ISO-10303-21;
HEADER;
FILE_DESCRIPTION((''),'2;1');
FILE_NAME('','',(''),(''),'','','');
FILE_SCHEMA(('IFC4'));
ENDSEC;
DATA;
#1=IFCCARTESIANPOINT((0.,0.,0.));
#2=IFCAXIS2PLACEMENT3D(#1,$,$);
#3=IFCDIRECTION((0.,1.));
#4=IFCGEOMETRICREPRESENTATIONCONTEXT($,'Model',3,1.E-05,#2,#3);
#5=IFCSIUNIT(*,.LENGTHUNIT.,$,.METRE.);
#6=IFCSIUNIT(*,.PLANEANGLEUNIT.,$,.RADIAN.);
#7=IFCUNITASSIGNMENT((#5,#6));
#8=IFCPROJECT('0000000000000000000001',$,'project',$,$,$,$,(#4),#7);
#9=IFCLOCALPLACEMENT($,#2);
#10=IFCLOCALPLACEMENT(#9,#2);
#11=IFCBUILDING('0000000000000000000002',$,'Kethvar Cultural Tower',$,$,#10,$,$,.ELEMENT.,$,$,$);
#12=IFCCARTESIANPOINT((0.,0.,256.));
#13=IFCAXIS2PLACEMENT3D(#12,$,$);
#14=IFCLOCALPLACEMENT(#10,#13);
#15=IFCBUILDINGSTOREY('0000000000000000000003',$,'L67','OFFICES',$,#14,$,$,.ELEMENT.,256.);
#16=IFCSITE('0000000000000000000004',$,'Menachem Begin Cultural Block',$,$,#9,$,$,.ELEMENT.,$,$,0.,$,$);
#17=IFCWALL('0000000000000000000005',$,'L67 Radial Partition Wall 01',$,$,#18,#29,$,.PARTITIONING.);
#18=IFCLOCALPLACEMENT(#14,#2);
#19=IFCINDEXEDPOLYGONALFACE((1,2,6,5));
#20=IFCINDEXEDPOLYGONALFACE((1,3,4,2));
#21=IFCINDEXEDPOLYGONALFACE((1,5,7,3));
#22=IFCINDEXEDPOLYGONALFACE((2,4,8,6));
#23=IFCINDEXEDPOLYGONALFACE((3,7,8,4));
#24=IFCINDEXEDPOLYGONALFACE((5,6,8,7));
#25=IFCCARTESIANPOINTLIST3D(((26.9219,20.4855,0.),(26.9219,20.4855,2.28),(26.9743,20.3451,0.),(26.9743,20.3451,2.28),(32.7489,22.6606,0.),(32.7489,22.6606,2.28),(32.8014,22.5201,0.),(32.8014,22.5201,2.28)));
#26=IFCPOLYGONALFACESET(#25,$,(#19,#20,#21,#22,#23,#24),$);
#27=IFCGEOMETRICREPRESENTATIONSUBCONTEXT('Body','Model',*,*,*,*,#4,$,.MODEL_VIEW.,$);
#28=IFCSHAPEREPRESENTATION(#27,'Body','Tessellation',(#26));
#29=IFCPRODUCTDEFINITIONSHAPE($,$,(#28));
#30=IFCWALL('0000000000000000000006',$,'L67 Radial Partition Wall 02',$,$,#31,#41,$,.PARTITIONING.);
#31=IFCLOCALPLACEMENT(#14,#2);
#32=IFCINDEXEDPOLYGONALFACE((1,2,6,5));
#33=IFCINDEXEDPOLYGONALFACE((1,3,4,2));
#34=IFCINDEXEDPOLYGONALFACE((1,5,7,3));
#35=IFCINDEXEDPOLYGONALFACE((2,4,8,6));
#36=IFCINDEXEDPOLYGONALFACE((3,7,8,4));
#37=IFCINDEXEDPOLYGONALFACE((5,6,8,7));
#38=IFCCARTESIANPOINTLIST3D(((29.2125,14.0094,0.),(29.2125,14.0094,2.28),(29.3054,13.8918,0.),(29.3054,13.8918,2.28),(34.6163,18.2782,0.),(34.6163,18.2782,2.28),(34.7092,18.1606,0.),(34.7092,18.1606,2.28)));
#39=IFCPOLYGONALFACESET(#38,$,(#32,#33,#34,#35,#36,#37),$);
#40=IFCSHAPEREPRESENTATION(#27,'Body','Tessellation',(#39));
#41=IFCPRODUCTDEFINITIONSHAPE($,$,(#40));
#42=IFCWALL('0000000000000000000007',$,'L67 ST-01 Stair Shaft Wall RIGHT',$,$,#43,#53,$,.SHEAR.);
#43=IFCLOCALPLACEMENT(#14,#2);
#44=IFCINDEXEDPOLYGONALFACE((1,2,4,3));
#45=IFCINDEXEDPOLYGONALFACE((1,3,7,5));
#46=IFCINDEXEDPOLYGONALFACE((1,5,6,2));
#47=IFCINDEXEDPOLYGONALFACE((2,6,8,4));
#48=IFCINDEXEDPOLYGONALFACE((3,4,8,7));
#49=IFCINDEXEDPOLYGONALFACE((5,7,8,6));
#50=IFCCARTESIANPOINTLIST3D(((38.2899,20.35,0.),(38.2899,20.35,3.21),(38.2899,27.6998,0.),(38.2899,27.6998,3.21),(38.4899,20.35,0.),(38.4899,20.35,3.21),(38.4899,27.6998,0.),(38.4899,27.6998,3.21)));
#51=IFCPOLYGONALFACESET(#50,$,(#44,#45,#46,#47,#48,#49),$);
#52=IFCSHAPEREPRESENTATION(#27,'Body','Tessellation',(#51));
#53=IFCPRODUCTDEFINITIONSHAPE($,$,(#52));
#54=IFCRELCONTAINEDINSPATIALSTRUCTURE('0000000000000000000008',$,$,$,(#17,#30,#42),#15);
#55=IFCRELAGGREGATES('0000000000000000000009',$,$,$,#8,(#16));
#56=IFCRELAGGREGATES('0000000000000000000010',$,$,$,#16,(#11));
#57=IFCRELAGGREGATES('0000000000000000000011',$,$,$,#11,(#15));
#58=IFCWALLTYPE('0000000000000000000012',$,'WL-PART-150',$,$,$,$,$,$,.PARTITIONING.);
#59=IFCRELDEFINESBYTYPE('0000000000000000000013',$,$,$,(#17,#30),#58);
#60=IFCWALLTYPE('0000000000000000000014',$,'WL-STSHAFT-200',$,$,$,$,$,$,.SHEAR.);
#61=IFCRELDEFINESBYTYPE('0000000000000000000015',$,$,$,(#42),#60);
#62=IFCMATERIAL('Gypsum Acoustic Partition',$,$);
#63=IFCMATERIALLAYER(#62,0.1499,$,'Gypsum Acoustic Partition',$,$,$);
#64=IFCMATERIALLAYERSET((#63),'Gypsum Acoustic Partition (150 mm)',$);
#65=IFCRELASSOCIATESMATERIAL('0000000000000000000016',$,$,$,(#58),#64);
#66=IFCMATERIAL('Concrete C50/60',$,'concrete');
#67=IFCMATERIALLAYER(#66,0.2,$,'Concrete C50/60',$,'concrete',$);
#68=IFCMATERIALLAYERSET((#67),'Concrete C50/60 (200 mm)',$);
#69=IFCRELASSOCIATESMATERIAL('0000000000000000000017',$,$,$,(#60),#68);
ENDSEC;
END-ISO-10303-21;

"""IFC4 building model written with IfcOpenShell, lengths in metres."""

from ifc_helpers import new_model, si_unit, direction, frame, frame_2d, origin, place, context, subcontext, project, spatial, rectangle, extrude, material, layer, layer_set, type_object, element, save


model = new_model("IFC4")

# Units and contexts
model_context = context("Model", 3, precision=1e-05, world=origin(), true_north=direction((0.0, 1.0)))
body_context = subcontext(model_context, "Body", "Model", "MODEL_VIEW")
ifc_project = project(units=[si_unit("LENGTHUNIT", "METRE"), si_unit("PLANEANGLEUNIT", "RADIAN")], contexts=[model_context])

# Site, building, storey
site_placement = place(None, origin())
site = spatial("IfcSite", under=ifc_project, at=site_placement, Name="Menachem Begin Cultural Block", CompositionType="ELEMENT", RefElevation=0.0)
building_placement = place(site_placement, origin())
building = spatial("IfcBuilding", under=site, at=building_placement, Name="Kethvar Cultural Tower", CompositionType="ELEMENT")
storey_placement = place(building_placement, frame((0.0, 0.0, 256.0)))
storey = spatial("IfcBuildingStorey", under=building, at=storey_placement, Name="L67", Description="OFFICES", CompositionType="ELEMENT", Elevation=256.0)

# Shared definitions
ifc_material_1 = material(Name="Concrete C50/60", Category="concrete")

# Walls
ifc_material_2 = material(Name="Gypsum Acoustic Partition")
ifc_layer_1 = layer(ifc_material_2, 0.1499, Name="Gypsum Acoustic Partition")
ifc_layer_set_1 = layer_set([ifc_layer_1], Name="Gypsum Acoustic Partition (150 mm)")
wall_type_1 = type_object("IfcWallType", Name="WL-PART-150", PredefinedType="PARTITIONING", material=ifc_layer_set_1)
wall_1_placement = place(storey_placement, frame((32.7751, 22.5903, 0.0), z_axis=(0.0, 0.0, 1.0), x_axis=(-0.936864, -0.349695, 0.0)))
element("IfcWall", 1, at=wall_1_placement, inside=storey, type_object=wall_type_1, Name="L67 Radial Partition Wall 01", PredefinedType="PARTITIONING", context=body_context, shape_type="SweptSolid", body=[
    extrude(rectangle(XDim=6.2197, YDim=0.1499, at=frame_2d((3.1099, 0.0))), origin(), (0.0, 0.0, 1.0), 2.28),
])
wall_2_placement = place(storey_placement, frame((34.6628, 18.2195, 0.0), z_axis=(0.0, 0.0, 1.0), x_axis=(-0.784697, -0.61988, 0.0)))
element("IfcWall", 2, at=wall_2_placement, inside=storey, type_object=wall_type_1, Name="L67 Radial Partition Wall 02", PredefinedType="PARTITIONING", context=body_context, shape_type="SweptSolid", body=[
    extrude(rectangle(XDim=6.8865, YDim=0.1499, at=frame_2d((3.4434, 0.0))), origin(), (0.0, 0.0, 1.0), 2.28),
])
ifc_layer_2 = layer(ifc_material_1, 0.2, Name="Concrete C50/60", Category="concrete")
ifc_layer_set_2 = layer_set([ifc_layer_2], Name="Concrete C50/60 (200 mm)")
wall_type_2 = type_object("IfcWallType", Name="WL-STSHAFT-200", PredefinedType="SHEAR", material=ifc_layer_set_2)
wall_3_placement = place(storey_placement, frame((38.3899, 20.3501, 0.0), z_axis=(0.0, 0.0, 1.0), x_axis=(0.0, 1.0, 0.0)))
element("IfcWall", 3, at=wall_3_placement, inside=storey, type_object=wall_type_2, Name="L67 ST-01 Stair Shaft Wall RIGHT", PredefinedType="SHEAR", context=body_context, shape_type="SweptSolid", body=[
    extrude(rectangle(XDim=7.3499, YDim=0.2, at=frame_2d((3.6748, 0.0))), origin(), (0.0, 0.0, 1.0), 3.21),
])

save(model, "model.ifc")
